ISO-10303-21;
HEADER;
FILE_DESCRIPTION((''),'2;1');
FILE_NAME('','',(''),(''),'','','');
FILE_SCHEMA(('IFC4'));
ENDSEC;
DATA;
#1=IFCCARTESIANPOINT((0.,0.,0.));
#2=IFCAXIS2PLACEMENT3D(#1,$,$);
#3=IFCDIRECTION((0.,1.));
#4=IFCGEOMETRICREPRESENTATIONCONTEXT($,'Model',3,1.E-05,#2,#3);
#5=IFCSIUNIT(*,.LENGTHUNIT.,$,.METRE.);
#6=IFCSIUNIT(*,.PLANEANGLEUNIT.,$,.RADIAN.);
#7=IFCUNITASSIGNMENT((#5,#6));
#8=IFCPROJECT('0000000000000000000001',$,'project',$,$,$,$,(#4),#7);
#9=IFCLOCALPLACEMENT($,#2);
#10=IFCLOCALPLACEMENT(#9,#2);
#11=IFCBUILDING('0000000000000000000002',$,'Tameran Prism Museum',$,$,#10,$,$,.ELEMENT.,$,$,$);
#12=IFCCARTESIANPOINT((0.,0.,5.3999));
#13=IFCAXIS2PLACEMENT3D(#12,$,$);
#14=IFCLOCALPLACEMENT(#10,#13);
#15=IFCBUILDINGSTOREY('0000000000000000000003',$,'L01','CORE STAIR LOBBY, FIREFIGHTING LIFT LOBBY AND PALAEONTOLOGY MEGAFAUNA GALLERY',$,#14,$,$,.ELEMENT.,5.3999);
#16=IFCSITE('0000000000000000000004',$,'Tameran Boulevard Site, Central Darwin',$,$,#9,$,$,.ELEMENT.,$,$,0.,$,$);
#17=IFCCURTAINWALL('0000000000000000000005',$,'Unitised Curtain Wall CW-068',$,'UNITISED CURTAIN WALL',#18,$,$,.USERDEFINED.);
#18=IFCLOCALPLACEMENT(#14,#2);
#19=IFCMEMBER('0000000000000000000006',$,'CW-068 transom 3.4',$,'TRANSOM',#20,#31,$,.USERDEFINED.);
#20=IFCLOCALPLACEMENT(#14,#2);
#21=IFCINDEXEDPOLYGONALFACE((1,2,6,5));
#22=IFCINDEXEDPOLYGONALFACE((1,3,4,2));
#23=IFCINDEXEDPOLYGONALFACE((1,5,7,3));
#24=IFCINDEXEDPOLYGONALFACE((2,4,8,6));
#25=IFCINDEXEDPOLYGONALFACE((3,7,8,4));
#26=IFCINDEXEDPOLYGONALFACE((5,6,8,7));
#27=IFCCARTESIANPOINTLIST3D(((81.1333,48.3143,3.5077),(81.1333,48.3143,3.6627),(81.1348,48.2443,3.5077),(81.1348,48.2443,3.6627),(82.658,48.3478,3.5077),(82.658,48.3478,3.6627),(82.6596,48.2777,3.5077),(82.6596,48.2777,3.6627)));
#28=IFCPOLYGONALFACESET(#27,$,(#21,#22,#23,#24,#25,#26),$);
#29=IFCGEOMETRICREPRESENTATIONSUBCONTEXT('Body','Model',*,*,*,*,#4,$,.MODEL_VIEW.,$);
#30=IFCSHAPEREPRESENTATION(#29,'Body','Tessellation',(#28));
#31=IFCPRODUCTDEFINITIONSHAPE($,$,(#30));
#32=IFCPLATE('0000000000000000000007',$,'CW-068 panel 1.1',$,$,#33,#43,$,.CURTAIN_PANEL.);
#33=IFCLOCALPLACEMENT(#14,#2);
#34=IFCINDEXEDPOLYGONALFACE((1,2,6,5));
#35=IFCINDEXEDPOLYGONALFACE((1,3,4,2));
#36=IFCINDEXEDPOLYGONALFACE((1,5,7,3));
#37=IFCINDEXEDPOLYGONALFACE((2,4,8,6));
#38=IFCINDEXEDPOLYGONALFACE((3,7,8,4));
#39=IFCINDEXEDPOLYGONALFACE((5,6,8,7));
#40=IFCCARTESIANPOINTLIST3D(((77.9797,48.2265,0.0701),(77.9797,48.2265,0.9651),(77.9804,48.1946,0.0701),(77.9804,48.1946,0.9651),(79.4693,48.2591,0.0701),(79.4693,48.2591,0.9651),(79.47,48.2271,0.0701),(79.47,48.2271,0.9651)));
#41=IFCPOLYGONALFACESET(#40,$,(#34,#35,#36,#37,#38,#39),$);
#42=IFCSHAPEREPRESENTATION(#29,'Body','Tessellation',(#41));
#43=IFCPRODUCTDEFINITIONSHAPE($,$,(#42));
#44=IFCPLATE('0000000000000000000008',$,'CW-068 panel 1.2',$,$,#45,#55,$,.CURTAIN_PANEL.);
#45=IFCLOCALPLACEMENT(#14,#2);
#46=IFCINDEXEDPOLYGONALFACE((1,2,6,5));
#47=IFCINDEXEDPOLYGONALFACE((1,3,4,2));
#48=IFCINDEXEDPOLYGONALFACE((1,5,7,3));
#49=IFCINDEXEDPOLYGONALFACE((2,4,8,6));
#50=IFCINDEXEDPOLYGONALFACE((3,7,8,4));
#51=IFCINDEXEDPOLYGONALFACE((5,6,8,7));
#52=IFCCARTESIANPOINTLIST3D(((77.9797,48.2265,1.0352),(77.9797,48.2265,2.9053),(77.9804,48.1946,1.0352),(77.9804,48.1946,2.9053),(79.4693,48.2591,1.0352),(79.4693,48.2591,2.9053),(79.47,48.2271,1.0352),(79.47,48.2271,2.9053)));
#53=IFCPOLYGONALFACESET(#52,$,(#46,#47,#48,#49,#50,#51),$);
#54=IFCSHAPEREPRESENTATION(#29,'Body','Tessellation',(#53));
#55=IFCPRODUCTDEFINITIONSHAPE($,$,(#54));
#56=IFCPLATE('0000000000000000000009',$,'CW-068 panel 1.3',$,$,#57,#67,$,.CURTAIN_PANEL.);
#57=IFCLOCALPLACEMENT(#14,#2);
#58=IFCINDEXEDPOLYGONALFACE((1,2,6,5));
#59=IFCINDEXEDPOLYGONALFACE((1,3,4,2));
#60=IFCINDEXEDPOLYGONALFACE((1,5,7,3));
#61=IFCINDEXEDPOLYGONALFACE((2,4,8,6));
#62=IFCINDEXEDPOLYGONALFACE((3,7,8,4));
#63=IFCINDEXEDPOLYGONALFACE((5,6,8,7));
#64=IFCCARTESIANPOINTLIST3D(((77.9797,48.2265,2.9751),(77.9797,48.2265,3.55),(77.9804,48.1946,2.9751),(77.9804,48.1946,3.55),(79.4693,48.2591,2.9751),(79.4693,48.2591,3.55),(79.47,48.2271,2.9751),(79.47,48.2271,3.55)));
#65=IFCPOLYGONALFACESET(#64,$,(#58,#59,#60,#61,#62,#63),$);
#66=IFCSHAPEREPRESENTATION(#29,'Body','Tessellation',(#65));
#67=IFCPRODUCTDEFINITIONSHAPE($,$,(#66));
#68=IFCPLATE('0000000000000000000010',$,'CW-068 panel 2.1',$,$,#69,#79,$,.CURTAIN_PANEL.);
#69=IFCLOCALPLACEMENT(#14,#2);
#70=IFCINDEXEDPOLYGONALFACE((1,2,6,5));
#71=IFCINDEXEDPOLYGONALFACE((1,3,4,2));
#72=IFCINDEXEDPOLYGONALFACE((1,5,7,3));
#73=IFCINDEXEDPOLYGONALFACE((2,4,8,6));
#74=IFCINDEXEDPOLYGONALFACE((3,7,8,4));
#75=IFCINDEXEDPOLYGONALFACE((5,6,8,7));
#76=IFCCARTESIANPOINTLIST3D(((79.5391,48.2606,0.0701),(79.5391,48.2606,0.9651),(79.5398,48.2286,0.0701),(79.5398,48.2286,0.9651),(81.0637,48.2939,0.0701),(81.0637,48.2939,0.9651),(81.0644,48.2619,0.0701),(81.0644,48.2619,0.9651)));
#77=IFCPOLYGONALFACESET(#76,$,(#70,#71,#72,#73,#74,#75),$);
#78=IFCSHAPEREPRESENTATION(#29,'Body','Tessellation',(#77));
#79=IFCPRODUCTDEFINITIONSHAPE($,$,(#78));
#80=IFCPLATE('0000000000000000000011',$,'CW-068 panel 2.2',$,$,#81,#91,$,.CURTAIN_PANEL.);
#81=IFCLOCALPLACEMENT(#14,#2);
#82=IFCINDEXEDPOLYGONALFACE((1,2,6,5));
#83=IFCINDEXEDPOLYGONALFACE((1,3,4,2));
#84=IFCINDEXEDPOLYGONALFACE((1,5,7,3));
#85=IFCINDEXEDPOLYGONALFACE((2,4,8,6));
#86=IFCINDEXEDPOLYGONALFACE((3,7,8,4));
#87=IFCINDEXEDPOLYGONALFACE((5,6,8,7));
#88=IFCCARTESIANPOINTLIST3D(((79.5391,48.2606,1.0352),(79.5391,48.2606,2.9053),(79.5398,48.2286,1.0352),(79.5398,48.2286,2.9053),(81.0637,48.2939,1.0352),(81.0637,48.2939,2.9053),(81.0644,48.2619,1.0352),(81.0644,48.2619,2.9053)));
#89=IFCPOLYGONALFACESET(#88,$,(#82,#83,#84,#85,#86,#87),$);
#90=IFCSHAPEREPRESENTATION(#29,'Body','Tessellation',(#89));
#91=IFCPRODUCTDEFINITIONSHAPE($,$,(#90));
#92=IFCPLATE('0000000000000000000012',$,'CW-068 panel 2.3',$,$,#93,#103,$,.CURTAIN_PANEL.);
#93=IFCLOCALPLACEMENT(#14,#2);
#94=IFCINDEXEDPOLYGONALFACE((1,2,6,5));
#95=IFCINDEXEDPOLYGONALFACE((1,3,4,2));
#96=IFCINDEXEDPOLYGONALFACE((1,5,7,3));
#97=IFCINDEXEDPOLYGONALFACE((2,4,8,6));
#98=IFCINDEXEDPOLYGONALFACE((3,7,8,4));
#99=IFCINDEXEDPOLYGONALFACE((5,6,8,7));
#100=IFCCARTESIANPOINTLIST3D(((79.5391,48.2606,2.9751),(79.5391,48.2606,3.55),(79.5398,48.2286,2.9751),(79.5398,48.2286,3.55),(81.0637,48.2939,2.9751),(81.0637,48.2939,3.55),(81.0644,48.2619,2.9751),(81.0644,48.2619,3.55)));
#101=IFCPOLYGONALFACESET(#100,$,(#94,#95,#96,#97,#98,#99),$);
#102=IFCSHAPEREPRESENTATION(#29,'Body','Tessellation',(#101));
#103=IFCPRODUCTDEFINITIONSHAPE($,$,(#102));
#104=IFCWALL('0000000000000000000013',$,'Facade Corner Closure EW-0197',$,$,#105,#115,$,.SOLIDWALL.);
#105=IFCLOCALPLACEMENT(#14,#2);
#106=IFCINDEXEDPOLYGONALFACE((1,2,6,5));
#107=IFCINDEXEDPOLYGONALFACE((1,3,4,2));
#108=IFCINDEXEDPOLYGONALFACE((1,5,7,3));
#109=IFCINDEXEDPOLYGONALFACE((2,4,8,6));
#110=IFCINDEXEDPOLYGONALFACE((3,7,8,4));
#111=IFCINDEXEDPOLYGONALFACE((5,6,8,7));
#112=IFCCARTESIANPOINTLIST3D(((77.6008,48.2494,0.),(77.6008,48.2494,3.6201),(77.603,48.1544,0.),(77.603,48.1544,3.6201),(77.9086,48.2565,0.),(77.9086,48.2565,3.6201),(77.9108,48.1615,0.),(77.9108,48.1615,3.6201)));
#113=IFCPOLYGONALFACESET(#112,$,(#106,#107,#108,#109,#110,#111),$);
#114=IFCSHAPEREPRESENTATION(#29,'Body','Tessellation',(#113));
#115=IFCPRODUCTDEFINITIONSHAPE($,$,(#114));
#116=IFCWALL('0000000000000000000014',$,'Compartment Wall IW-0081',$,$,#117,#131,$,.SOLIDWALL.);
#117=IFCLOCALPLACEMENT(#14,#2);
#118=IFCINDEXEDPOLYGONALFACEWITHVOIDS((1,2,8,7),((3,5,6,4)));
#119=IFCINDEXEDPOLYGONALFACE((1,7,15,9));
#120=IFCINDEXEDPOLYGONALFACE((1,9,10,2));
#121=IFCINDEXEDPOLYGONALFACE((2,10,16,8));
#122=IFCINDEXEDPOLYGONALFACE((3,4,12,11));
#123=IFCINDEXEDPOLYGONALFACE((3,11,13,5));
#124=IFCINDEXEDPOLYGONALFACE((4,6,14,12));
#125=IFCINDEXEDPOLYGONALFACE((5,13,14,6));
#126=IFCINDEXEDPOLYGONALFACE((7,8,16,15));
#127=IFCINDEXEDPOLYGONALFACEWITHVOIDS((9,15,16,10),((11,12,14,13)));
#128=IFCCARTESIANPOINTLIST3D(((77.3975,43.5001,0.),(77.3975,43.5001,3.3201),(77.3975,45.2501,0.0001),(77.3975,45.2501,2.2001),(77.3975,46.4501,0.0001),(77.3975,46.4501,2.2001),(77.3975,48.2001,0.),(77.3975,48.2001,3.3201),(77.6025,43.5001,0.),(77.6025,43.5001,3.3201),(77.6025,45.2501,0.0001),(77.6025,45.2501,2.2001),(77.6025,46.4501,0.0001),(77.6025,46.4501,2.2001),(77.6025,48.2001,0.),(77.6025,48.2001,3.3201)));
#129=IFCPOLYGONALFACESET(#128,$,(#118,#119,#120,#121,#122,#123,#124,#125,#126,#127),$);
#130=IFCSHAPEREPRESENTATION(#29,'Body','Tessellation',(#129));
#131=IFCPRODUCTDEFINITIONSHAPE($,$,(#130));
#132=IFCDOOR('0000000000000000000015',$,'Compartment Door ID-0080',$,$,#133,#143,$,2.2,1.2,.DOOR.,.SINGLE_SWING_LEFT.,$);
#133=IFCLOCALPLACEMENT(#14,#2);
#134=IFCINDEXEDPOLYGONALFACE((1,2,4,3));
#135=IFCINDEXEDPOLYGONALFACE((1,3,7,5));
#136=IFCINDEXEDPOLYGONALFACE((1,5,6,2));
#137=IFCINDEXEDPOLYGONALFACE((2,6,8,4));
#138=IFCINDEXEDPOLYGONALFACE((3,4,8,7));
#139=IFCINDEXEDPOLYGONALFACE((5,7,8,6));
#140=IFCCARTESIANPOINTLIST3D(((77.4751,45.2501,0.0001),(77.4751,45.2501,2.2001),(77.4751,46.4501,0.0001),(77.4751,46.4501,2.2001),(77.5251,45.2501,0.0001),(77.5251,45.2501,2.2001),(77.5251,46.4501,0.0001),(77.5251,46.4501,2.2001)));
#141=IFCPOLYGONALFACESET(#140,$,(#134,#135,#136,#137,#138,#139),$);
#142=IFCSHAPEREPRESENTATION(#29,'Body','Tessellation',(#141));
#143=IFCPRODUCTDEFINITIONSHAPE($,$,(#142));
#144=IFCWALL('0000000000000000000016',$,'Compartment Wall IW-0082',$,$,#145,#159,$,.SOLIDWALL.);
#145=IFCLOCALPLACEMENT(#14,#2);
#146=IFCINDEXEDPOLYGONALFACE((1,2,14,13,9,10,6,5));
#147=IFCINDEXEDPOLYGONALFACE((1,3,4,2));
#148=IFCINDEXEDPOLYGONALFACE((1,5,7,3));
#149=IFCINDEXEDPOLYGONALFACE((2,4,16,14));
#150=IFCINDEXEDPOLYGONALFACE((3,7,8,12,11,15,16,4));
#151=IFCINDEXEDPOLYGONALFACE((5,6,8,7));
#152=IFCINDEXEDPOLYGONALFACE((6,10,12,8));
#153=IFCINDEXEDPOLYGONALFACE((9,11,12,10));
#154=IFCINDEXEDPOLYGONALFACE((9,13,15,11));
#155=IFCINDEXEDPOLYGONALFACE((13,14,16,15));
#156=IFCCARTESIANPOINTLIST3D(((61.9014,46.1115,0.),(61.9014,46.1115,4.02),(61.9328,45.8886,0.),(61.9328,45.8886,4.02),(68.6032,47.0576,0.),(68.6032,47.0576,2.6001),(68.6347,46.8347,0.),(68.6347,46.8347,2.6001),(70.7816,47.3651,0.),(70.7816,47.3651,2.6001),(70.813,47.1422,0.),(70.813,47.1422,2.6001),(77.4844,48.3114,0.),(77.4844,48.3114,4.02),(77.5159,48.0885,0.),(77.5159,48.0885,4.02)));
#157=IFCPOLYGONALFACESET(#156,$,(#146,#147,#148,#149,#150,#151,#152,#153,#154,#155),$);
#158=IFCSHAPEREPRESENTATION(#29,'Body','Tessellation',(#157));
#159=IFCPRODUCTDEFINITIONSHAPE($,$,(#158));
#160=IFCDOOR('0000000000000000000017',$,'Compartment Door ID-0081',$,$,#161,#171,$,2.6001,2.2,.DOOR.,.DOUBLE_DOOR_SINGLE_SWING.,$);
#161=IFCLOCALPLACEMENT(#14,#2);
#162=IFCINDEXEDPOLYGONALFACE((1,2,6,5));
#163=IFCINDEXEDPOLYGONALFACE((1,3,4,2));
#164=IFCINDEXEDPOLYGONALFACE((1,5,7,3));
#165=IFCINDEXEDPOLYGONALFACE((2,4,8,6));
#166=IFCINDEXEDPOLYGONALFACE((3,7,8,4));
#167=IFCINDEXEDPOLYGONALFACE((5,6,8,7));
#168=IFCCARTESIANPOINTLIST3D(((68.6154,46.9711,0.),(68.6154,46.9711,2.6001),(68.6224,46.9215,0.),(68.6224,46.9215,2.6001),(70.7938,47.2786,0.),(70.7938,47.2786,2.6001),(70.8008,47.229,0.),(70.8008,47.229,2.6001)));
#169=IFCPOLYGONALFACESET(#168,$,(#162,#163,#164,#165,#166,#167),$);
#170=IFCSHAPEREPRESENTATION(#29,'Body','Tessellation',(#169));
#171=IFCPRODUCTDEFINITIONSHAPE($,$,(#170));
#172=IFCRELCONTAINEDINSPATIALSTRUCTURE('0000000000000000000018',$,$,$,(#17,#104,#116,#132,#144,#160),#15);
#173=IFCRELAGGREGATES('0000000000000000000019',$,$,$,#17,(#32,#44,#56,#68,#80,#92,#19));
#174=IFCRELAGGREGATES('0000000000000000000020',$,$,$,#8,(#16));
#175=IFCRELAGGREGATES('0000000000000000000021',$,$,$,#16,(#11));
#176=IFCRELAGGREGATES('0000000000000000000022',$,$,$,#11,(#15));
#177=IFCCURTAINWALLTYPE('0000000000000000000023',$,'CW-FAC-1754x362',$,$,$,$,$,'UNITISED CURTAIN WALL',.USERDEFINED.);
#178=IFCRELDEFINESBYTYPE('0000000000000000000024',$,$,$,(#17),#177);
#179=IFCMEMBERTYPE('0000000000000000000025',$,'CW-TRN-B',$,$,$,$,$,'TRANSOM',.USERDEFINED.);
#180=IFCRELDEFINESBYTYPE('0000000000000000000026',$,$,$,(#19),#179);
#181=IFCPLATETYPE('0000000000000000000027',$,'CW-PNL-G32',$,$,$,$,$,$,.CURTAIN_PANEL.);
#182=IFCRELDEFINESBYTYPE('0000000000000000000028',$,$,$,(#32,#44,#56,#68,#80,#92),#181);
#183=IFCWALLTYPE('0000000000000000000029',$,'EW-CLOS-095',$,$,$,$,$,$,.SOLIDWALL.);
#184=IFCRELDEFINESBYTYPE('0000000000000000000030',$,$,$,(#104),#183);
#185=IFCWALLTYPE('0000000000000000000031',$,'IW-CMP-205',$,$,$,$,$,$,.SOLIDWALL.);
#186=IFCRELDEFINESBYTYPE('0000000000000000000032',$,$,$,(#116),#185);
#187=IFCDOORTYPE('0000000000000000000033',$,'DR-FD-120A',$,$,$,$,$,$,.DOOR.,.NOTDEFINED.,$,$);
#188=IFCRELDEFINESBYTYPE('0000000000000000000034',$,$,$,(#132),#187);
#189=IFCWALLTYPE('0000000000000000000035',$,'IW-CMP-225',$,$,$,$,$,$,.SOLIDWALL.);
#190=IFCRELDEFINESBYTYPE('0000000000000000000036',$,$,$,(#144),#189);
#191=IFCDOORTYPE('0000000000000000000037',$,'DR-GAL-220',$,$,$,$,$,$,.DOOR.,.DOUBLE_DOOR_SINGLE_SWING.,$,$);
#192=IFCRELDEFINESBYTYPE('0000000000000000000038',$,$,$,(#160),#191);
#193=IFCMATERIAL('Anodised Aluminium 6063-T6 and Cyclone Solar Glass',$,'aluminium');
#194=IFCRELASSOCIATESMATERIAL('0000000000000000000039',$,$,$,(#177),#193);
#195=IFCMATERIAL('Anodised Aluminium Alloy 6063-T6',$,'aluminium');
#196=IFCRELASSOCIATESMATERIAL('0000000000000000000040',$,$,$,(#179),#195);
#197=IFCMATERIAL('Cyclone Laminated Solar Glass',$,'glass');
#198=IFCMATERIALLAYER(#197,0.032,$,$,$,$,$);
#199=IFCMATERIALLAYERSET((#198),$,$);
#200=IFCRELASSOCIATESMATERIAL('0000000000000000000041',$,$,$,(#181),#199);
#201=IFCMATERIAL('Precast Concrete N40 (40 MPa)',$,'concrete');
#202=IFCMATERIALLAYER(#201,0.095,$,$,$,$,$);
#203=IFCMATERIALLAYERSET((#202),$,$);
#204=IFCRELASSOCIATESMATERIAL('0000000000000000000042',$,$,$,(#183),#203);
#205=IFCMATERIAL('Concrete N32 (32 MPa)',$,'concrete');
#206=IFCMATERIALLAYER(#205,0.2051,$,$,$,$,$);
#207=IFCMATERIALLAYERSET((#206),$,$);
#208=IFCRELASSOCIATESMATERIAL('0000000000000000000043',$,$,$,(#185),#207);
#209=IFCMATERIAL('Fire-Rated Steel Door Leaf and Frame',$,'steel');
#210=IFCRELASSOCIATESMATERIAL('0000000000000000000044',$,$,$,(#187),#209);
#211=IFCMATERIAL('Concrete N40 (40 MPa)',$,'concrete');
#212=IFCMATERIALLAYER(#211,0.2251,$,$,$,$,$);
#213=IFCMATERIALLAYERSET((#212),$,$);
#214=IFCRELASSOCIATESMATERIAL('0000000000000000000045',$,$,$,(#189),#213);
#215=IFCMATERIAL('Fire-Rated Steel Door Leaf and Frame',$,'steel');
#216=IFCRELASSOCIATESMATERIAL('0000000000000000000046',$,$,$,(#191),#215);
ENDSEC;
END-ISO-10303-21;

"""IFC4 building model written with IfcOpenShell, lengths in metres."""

from ifc_helpers import new_model, si_unit, direction, frame, frame_2d, origin, origin_2d, place, context, subcontext, project, spatial, rectangle, extrude, material, layer, layer_set, material_profile, profile_set, type_object, element, fill, aggregate, save


model = new_model("IFC4")

# Units and contexts
model_context = context("Model", 3, precision=1e-05, world=origin(), true_north=direction((0.0, 1.0)))
body_context = subcontext(model_context, "Body", "Model", "MODEL_VIEW")
ifc_project = project(units=[si_unit("LENGTHUNIT", "METRE"), si_unit("PLANEANGLEUNIT", "RADIAN")], contexts=[model_context])

# Site, building, storey
site_placement = place(None, origin())
site = spatial("IfcSite", under=ifc_project, at=site_placement, Name="Tameran Boulevard Site, Central Darwin", CompositionType="ELEMENT", RefElevation=0.0)
building_placement = place(site_placement, origin())
building = spatial("IfcBuilding", under=site, at=building_placement, Name="Tameran Prism Museum", CompositionType="ELEMENT")
storey_placement = place(building_placement, frame((0.0, 0.0, 5.3999)))
storey = spatial("IfcBuildingStorey", under=building, at=storey_placement, Name="L01", Description="CORE STAIR LOBBY, FIREFIGHTING LIFT LOBBY AND PALAEONTOLOGY MEGAFAUNA GALLERY", CompositionType="ELEMENT", Elevation=5.3999)

# Curtain wall
ifc_material_1 = material(Name="Anodised Aluminium 6063-T6 and Cyclone Solar Glass", Category="aluminium")
curtain_wall_type_1 = type_object("IfcCurtainWallType", Name="CW-FAC-1754x362", ElementType="UNITISED CURTAIN WALL", PredefinedType="USERDEFINED", material=ifc_material_1)
curtain_wall_1_placement = place(storey_placement, origin())
curtain_wall_1 = element("IfcCurtainWall", 1, at=curtain_wall_1_placement, inside=storey, type_object=curtain_wall_type_1, Name="Unitised Curtain Wall CW-068", ObjectType="UNITISED CURTAIN WALL", PredefinedType="USERDEFINED")

# Member
ifc_material_2 = material(Name="Anodised Aluminium Alloy 6063-T6", Category="aluminium")
ifc_material_profile_1 = material_profile(ifc_material_2, rectangle(XDim=0.0701, YDim=0.155, at=origin_2d()))
ifc_profile_set_1 = profile_set([ifc_material_profile_1])
member_type_1 = type_object("IfcMemberType", Name="CW-TRN-B", ElementType="TRANSOM", PredefinedType="USERDEFINED", material=ifc_profile_set_1)
member_1_placement = place(storey_placement, frame((81.134, 48.2793, 3.5852), z_axis=(0.999759, 0.021932, 0.0), x_axis=(-0.021932, 0.999759, 0.0)))
member_1 = element("IfcMember", 2, at=member_1_placement, type_object=member_type_1, Name="CW-068 transom 3.4", ObjectType="TRANSOM", PredefinedType="USERDEFINED", context=body_context, shape_type="SweptSolid", body=[
    extrude(rectangle(XDim=0.0701, YDim=0.155, at=origin_2d()), origin(), (0.0, 0.0, 1.0), 1.5251),
])

# Plates
ifc_material_3 = material(Name="Cyclone Laminated Solar Glass", Category="glass")
ifc_layer_1 = layer(ifc_material_3, 0.032)
ifc_layer_set_1 = layer_set([ifc_layer_1])
plate_type = type_object("IfcPlateType", Name="CW-PNL-G32", PredefinedType="CURTAIN_PANEL", material=ifc_layer_set_1)
plate_1_placement = place(storey_placement, frame((78.7249, 48.2268, 0.0701), z_axis=(0.0, 0.0, 1.0), x_axis=(0.999762, 0.021831, 0.0)))
plate_1 = element("IfcPlate", 3, at=plate_1_placement, type_object=plate_type, Name="CW-068 panel 1.1", PredefinedType="CURTAIN_PANEL", context=body_context, shape_type="SweptSolid", body=[
    extrude(rectangle(XDim=1.49, YDim=0.032, at=origin_2d()), origin(), (0.0, 0.0, 1.0), 0.895),
])
plate_2_placement = place(storey_placement, frame((78.7249, 48.2268, 1.0352), z_axis=(0.0, 0.0, 1.0), x_axis=(0.999762, 0.021831, 0.0)))
plate_2 = element("IfcPlate", 4, at=plate_2_placement, type_object=plate_type, Name="CW-068 panel 1.2", PredefinedType="CURTAIN_PANEL", context=body_context, shape_type="SweptSolid", body=[
    extrude(rectangle(XDim=1.49, YDim=0.032, at=origin_2d()), origin(), (0.0, 0.0, 1.0), 1.8701),
])
plate_3_placement = place(storey_placement, frame((78.7249, 48.2268, 2.9751), z_axis=(0.0, 0.0, 1.0), x_axis=(0.999762, 0.021831, 0.0)))
plate_3 = element("IfcPlate", 5, at=plate_3_placement, type_object=plate_type, Name="CW-068 panel 1.3", PredefinedType="CURTAIN_PANEL", context=body_context, shape_type="SweptSolid", body=[
    extrude(rectangle(XDim=1.49, YDim=0.032, at=origin_2d()), origin(), (0.0, 0.0, 1.0), 0.575),
])
plate_4_placement = place(storey_placement, frame((80.3018, 48.2612, 0.0701), z_axis=(0.0, 0.0, 1.0), x_axis=(0.999762, 0.021831, 0.0)))
plate_4 = element("IfcPlate", 6, at=plate_4_placement, type_object=plate_type, Name="CW-068 panel 2.1", PredefinedType="CURTAIN_PANEL", context=body_context, shape_type="SweptSolid", body=[
    extrude(rectangle(XDim=1.5249, YDim=0.032, at=origin_2d()), origin(), (0.0, 0.0, 1.0), 0.895),
])
plate_5_placement = place(storey_placement, frame((80.3018, 48.2612, 1.0352), z_axis=(0.0, 0.0, 1.0), x_axis=(0.999762, 0.021831, 0.0)))
plate_5 = element("IfcPlate", 7, at=plate_5_placement, type_object=plate_type, Name="CW-068 panel 2.2", PredefinedType="CURTAIN_PANEL", context=body_context, shape_type="SweptSolid", body=[
    extrude(rectangle(XDim=1.5249, YDim=0.032, at=origin_2d()), origin(), (0.0, 0.0, 1.0), 1.8701),
])
plate_6_placement = place(storey_placement, frame((80.3018, 48.2612, 2.9751), z_axis=(0.0, 0.0, 1.0), x_axis=(0.999762, 0.021831, 0.0)))
plate_6 = element("IfcPlate", 8, at=plate_6_placement, type_object=plate_type, Name="CW-068 panel 2.3", PredefinedType="CURTAIN_PANEL", context=body_context, shape_type="SweptSolid", body=[
    extrude(rectangle(XDim=1.5249, YDim=0.032, at=origin_2d()), origin(), (0.0, 0.0, 1.0), 0.575),
])
aggregate(curtain_wall_1, [plate_1, plate_2, plate_3, plate_4, plate_5, plate_6, member_1])

# Wall
ifc_material_4 = material(Name="Precast Concrete N40 (40 MPa)", Category="concrete")
ifc_layer_2 = layer(ifc_material_4, 0.095)
ifc_layer_set_2 = layer_set([ifc_layer_2])
wall_type_1 = type_object("IfcWallType", Name="EW-CLOS-095", PredefinedType="SOLIDWALL", material=ifc_layer_set_2)
wall_1_placement = place(storey_placement, frame((77.6021, 48.2019, 0.0), z_axis=(0.0, 0.0, 1.0), x_axis=(0.999736, 0.022992, 0.0)))
element("IfcWall", 9, at=wall_1_placement, inside=storey, type_object=wall_type_1, Name="Facade Corner Closure EW-0197", PredefinedType="SOLIDWALL", context=body_context, shape_type="SweptSolid", body=[
    extrude(rectangle(XDim=0.3079, YDim=0.095, at=frame_2d((0.1538, 0.0))), origin(), (0.0, 0.0, 1.0), 3.6201),
])

# Walls, openings, doors
ifc_material_5 = material(Name="Concrete N32 (32 MPa)", Category="concrete")
ifc_layer_3 = layer(ifc_material_5, 0.2051)
ifc_layer_set_3 = layer_set([ifc_layer_3])
wall_type_2 = type_object("IfcWallType", Name="IW-CMP-205", PredefinedType="SOLIDWALL", material=ifc_layer_set_3)
wall_2_placement = place(storey_placement, frame((77.5, 43.5, 0.0), z_axis=(0.0, 0.0, 1.0), x_axis=(0.0, 1.0, 0.0)))
wall_2 = element("IfcWall", 10, at=wall_2_placement, inside=storey, type_object=wall_type_2, Name="Compartment Wall IW-0081", PredefinedType="SOLIDWALL", context=body_context, shape_type="SweptSolid", body=[
    extrude(rectangle(XDim=4.7, YDim=0.2051, at=frame_2d((2.3501, 0.0))), origin(), (0.0, 0.0, 1.0), 3.3201),
])
opening_1_placement = place(wall_2_placement, frame((1.75, 0.0, 0.0)))
opening_1 = element("IfcOpeningElement", 11, at=opening_1_placement, cuts=wall_2, PredefinedType="OPENING", context=body_context, shape_type="SweptSolid", body=[
    extrude(rectangle(XDim=1.2, YDim=2.2, at=frame_2d((0.6001, 1.1001))), frame((0.0, 0.1125, 0.0), z_axis=(0.0, -1.0, 0.0), x_axis=(1.0, 0.0, 0.0)), (0.0, 0.0, 1.0), 0.2251),
])
ifc_material_6 = material(Name="Fire-Rated Steel Door Leaf and Frame", Category="steel")
door_type_1 = type_object("IfcDoorType", Name="DR-FD-120A", OperationType="NOTDEFINED", PredefinedType="DOOR", material=ifc_material_6)
door_1_placement = place(opening_1_placement, origin())
door_1 = element("IfcDoor", 12, at=door_1_placement, inside=storey, type_object=door_type_1, Name="Compartment Door ID-0080", OperationType="SINGLE_SWING_LEFT", OverallHeight=2.2, OverallWidth=1.2, PredefinedType="DOOR", context=body_context, shape_type="SweptSolid", body=[
    extrude(rectangle(XDim=1.2, YDim=2.2, at=frame_2d((0.6001, 1.1001))), frame((0.0, 0.0249, 0.0), z_axis=(0.0, -1.0, 0.0), x_axis=(1.0, 0.0, 0.0)), (0.0, 0.0, 1.0), 0.05),
])
fill(opening_1, door_1)
ifc_material_7 = material(Name="Concrete N40 (40 MPa)", Category="concrete")
ifc_layer_4 = layer(ifc_material_7, 0.2251)
ifc_layer_set_4 = layer_set([ifc_layer_4])
wall_type_3 = type_object("IfcWallType", Name="IW-CMP-225", PredefinedType="SOLIDWALL", material=ifc_layer_set_4)
wall_3_placement = place(storey_placement, frame((77.5, 48.2, 0.0), z_axis=(0.0, 0.0, 1.0), x_axis=(-0.990181, -0.13979, 0.0)))
wall_3 = element("IfcWall", 13, at=wall_3_placement, inside=storey, type_object=wall_type_3, Name="Compartment Wall IW-0082", PredefinedType="SOLIDWALL", context=body_context, shape_type="SweptSolid", body=[
    extrude(rectangle(XDim=15.7375, YDim=0.2251, at=frame_2d((7.8687, 0.0))), origin(), (0.0, 0.0, 1.0), 4.02),
])
opening_2_placement = place(wall_3_placement, frame((6.769, 0.0, 0.0)))
opening_2 = element("IfcOpeningElement", 14, at=opening_2_placement, cuts=wall_3, PredefinedType="OPENING", context=body_context, shape_type="SweptSolid", body=[
    extrude(rectangle(XDim=2.2, YDim=2.6001, at=frame_2d((1.1001, 1.3))), frame((0.0, 0.1226, 0.0), z_axis=(0.0, -1.0, 0.0), x_axis=(1.0, 0.0, 0.0)), (0.0, 0.0, 1.0), 0.2451),
])
ifc_material_8 = material(Name="Fire-Rated Steel Door Leaf and Frame", Category="steel")
door_type_2 = type_object("IfcDoorType", Name="DR-GAL-220", OperationType="DOUBLE_DOOR_SINGLE_SWING", PredefinedType="DOOR", material=ifc_material_8)
door_2_placement = place(opening_2_placement, origin())
door_2 = element("IfcDoor", 15, at=door_2_placement, inside=storey, type_object=door_type_2, Name="Compartment Door ID-0081", OperationType="DOUBLE_DOOR_SINGLE_SWING", OverallHeight=2.6001, OverallWidth=2.2, PredefinedType="DOOR", context=body_context, shape_type="SweptSolid", body=[
    extrude(rectangle(XDim=2.2, YDim=2.6001, at=frame_2d((1.1001, 1.3))), frame((0.0, 0.0249, 0.0), z_axis=(0.0, -1.0, 0.0), x_axis=(1.0, 0.0, 0.0)), (0.0, 0.0, 1.0), 0.05),
])
fill(opening_2, door_2)

save(model, "model.ifc")
